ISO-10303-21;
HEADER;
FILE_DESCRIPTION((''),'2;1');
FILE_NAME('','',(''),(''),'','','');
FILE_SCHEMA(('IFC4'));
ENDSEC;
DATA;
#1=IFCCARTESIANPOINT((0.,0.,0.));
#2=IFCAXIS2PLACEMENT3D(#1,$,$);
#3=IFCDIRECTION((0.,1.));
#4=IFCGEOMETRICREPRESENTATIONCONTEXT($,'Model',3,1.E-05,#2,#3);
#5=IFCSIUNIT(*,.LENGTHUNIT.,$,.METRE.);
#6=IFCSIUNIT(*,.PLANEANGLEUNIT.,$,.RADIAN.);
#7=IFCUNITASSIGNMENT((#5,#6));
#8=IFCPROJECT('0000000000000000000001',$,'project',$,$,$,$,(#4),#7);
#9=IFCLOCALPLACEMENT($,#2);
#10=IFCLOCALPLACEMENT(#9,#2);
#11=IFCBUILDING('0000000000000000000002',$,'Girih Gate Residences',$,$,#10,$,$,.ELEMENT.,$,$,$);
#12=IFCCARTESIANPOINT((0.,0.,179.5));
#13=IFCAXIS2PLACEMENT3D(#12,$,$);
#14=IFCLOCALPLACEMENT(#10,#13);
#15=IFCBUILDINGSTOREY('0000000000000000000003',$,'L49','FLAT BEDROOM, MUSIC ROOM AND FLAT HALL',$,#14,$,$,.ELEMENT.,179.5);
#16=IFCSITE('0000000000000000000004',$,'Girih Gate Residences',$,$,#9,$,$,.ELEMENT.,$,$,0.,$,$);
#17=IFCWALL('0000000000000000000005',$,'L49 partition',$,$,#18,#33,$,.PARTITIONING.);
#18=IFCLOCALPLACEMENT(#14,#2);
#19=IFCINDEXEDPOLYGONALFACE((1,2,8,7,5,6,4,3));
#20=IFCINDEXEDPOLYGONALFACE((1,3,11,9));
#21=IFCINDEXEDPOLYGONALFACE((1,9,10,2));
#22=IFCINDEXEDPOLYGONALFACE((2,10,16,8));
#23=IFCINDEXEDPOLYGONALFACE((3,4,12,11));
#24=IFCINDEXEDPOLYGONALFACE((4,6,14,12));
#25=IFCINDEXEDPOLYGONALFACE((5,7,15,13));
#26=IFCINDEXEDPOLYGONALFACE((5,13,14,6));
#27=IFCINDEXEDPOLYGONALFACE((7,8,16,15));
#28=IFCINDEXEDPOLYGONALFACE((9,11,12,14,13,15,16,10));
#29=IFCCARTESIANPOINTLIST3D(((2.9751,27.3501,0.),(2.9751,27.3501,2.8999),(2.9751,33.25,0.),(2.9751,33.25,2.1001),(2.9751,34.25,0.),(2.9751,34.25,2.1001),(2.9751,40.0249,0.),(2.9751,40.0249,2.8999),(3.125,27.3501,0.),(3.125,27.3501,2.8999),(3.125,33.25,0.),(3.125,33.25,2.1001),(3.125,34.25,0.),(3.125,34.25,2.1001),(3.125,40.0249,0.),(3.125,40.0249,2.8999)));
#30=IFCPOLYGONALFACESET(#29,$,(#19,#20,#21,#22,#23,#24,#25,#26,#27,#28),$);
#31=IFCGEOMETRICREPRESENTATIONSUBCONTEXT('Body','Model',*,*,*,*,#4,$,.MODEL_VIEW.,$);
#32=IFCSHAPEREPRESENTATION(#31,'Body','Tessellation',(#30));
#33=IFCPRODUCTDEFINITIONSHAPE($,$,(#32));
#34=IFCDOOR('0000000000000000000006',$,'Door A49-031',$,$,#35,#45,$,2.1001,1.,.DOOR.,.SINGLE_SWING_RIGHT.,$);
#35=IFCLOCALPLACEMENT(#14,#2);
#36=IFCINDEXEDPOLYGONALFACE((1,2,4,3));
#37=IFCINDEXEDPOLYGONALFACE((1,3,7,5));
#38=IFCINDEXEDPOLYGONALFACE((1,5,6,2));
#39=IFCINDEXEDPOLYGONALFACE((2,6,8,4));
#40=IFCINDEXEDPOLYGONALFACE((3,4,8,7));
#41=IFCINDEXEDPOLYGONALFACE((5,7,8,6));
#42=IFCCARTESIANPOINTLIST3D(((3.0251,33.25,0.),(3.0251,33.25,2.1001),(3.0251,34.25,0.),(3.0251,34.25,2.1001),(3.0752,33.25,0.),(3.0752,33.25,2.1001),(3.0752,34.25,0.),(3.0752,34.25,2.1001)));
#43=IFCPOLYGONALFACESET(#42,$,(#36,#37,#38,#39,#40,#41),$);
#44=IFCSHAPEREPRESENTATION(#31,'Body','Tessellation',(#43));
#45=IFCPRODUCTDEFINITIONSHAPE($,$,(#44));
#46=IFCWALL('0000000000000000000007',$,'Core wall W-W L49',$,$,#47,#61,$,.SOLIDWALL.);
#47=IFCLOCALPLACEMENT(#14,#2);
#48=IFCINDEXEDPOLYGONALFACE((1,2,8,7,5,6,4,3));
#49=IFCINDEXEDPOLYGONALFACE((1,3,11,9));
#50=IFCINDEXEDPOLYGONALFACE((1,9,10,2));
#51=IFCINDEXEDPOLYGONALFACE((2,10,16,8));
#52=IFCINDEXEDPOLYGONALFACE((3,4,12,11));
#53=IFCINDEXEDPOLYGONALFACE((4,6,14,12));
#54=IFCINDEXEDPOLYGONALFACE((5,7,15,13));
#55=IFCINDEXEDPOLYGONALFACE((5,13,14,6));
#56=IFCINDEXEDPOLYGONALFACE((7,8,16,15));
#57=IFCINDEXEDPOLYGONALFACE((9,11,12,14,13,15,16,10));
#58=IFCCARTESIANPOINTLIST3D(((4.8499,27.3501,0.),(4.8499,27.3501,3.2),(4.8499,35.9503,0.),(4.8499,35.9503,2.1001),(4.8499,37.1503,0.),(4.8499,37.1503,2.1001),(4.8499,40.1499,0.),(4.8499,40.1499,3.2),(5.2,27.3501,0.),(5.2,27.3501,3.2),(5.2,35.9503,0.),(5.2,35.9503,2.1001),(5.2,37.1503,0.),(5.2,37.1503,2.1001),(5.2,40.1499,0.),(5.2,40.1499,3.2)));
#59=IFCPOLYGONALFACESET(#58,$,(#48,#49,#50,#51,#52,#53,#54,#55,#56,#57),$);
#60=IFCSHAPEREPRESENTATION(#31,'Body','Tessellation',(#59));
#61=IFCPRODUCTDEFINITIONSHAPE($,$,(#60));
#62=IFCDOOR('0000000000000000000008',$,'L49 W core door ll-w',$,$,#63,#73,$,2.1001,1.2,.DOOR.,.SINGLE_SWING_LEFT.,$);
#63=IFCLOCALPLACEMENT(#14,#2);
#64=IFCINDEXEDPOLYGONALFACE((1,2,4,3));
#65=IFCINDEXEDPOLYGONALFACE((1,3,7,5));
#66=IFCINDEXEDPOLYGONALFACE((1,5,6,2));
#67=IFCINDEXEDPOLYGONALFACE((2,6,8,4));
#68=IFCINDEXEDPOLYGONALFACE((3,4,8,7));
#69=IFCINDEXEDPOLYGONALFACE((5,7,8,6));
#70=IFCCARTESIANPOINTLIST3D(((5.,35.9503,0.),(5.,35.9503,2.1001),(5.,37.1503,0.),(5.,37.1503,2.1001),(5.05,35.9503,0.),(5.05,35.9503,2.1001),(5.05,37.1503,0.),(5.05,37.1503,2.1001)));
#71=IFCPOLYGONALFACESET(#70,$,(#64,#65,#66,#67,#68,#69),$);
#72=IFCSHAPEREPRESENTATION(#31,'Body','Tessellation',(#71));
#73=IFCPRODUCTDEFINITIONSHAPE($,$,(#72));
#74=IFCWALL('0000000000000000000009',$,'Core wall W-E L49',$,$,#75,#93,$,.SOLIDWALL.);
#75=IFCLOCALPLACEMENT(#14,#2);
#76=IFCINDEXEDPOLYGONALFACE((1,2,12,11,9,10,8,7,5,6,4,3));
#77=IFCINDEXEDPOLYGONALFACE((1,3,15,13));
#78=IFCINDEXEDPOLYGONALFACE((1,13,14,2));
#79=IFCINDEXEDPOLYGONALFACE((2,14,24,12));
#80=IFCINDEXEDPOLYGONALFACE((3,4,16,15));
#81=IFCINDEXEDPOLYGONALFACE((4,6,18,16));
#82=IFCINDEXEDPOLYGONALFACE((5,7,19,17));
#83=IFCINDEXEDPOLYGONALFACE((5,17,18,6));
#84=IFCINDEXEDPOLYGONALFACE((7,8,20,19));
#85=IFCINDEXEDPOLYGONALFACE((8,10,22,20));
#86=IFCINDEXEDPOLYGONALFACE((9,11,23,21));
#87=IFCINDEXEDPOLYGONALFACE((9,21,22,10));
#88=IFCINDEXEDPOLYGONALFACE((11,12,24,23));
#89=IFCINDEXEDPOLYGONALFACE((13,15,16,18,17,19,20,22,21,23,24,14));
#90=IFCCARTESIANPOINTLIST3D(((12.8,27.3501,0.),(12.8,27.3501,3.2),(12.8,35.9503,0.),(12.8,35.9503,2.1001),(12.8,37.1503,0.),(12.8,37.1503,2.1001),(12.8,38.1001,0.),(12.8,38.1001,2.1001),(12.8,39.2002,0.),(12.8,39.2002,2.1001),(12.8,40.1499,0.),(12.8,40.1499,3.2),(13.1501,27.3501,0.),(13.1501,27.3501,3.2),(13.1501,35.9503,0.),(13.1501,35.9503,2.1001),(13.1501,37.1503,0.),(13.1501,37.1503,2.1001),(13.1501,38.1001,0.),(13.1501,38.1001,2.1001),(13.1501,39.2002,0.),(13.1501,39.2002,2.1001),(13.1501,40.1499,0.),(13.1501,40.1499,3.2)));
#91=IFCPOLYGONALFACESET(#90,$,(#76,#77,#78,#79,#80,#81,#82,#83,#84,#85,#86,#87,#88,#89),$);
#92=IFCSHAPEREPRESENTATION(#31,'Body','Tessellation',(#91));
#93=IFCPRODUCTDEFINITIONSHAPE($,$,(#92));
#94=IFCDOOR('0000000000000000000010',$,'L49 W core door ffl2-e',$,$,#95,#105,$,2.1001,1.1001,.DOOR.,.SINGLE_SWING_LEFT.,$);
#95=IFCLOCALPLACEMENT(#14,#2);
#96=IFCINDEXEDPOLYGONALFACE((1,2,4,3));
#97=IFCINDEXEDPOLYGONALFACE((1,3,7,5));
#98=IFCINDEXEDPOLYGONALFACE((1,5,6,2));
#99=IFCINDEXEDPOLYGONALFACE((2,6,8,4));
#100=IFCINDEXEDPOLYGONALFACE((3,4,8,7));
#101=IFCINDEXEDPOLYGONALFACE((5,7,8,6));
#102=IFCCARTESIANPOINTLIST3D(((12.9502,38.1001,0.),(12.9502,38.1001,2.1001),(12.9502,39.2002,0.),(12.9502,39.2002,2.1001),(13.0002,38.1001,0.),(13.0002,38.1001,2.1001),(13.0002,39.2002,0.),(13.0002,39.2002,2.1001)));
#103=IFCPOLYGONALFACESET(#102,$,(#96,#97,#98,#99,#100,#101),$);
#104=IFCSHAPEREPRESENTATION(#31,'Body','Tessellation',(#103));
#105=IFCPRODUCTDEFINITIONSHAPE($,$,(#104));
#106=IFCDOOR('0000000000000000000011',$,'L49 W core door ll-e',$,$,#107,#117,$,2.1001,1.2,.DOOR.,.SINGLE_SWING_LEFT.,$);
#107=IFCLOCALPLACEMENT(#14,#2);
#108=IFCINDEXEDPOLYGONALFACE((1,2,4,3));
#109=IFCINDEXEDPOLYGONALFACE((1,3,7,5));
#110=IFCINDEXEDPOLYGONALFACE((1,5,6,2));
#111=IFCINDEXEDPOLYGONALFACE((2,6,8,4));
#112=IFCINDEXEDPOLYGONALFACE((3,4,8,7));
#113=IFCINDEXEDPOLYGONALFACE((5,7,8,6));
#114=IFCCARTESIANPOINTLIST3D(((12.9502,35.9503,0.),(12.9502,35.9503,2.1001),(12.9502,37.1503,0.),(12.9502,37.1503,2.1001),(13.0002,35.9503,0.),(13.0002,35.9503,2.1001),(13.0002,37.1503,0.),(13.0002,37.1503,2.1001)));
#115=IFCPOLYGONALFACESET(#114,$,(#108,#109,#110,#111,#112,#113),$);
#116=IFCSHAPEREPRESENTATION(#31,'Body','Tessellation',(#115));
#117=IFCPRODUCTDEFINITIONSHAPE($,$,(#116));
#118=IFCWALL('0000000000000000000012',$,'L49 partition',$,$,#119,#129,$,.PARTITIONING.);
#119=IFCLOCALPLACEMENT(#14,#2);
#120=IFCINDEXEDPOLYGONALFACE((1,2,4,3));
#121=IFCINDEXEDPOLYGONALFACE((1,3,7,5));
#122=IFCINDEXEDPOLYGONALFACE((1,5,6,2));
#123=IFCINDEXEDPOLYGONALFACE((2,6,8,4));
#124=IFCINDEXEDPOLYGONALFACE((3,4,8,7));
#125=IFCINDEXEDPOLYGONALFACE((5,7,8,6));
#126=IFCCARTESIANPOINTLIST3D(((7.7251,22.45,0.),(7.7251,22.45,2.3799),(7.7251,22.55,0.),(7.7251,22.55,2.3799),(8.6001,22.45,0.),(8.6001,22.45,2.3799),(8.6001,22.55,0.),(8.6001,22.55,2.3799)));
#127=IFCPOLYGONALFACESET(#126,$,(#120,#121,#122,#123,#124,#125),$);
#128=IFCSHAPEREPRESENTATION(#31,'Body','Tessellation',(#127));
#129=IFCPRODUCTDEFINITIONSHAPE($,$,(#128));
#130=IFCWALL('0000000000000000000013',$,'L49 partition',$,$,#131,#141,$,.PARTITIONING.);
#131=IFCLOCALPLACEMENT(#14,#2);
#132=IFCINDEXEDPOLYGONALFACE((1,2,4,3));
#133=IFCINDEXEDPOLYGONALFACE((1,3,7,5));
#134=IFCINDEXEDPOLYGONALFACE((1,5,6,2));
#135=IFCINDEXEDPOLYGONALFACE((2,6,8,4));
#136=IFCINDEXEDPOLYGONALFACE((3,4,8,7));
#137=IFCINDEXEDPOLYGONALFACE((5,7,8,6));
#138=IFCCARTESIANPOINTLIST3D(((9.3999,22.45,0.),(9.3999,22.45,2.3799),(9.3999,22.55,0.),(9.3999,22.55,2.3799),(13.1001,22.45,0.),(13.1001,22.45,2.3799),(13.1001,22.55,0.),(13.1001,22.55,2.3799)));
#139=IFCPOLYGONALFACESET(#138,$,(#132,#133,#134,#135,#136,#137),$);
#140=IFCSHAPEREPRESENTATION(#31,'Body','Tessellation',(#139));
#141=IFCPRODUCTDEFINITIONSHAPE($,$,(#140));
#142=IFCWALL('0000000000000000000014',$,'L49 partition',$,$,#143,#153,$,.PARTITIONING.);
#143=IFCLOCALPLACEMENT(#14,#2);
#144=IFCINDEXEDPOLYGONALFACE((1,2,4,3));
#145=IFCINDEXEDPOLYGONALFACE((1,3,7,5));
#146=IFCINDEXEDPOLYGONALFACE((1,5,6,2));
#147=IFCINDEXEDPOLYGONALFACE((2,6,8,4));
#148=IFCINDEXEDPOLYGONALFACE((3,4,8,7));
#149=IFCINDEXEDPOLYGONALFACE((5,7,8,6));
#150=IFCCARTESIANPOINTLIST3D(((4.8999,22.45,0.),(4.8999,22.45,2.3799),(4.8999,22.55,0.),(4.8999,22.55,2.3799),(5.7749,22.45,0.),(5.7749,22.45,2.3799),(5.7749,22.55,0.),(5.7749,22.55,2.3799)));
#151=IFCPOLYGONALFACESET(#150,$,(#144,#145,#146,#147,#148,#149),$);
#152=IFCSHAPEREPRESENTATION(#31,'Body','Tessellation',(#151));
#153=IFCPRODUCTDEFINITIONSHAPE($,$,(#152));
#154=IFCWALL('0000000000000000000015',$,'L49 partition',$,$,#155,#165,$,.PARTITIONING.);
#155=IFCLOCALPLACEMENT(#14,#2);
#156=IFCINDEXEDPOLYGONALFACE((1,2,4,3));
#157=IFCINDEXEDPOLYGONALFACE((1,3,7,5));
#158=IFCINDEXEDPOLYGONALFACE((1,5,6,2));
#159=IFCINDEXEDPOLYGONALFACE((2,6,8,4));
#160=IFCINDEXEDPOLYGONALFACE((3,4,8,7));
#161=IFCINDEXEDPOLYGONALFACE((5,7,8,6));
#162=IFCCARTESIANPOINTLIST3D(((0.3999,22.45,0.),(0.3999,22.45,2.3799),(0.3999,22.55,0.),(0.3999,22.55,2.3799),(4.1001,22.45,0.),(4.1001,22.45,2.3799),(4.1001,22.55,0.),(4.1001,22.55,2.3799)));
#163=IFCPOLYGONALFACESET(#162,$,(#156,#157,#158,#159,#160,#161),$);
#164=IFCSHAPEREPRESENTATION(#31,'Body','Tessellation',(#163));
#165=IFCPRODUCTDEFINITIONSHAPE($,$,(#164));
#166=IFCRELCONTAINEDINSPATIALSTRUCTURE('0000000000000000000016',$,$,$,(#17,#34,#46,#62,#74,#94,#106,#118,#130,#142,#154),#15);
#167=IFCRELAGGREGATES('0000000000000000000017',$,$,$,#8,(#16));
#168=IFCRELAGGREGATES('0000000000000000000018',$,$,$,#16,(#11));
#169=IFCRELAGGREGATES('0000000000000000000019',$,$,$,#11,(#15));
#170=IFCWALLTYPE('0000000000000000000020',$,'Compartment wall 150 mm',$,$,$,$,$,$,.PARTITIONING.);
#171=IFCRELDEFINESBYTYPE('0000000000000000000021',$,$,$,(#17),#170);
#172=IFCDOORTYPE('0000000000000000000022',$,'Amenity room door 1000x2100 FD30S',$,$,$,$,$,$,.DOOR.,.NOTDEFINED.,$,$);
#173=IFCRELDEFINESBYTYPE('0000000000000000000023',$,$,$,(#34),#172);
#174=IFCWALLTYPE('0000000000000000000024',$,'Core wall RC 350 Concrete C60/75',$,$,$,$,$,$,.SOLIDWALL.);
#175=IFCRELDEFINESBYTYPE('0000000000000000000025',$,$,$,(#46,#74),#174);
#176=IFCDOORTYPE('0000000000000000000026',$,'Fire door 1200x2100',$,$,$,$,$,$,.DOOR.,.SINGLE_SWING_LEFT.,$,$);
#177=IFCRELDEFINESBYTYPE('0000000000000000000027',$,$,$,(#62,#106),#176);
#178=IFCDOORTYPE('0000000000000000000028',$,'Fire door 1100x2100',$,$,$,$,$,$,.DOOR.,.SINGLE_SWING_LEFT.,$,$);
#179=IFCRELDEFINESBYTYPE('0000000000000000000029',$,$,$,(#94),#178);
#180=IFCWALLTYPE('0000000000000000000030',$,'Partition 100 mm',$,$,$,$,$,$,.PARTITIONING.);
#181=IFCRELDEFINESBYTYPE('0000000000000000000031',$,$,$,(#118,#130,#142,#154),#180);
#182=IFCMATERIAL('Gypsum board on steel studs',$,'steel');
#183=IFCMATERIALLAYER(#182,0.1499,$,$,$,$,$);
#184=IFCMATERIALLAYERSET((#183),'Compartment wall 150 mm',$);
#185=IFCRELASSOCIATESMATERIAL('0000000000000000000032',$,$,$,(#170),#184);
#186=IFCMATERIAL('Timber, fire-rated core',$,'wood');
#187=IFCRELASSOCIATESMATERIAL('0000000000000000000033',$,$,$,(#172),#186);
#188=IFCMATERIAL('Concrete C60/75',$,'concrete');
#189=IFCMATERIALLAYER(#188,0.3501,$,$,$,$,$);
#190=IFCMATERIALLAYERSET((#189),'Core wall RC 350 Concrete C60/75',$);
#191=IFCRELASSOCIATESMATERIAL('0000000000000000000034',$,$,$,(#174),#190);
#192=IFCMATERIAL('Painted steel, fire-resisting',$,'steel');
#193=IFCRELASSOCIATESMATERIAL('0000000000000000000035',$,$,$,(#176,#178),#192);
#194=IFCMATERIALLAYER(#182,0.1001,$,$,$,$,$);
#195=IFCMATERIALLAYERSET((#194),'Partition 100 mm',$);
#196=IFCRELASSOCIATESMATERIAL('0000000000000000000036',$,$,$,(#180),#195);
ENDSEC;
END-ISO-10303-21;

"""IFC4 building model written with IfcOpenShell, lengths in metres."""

from ifc_helpers import new_model, si_unit, direction, frame, frame_2d, origin, place, context, subcontext, project, spatial, rectangle, extrude, material, layer, layer_set, type_object, element, fill, save


model = new_model("IFC4")

# Units and contexts
model_context = context("Model", 3, precision=1e-05, world=origin(), true_north=direction((0.0, 1.0)))
body_context = subcontext(model_context, "Body", "Model", "MODEL_VIEW")
ifc_project = project(units=[si_unit("LENGTHUNIT", "METRE"), si_unit("PLANEANGLEUNIT", "RADIAN")], contexts=[model_context])

# Site, building, storey
site_placement = place(None, origin())
site = spatial("IfcSite", under=ifc_project, at=site_placement, Name="Girih Gate Residences", CompositionType="ELEMENT", RefElevation=0.0)
building_placement = place(site_placement, origin())
building = spatial("IfcBuilding", under=site, at=building_placement, Name="Girih Gate Residences", CompositionType="ELEMENT")
storey_placement = place(building_placement, frame((0.0, 0.0, 179.5)))
storey = spatial("IfcBuildingStorey", under=building, at=storey_placement, Name="L49", Description="FLAT BEDROOM, MUSIC ROOM AND FLAT HALL", CompositionType="ELEMENT", Elevation=179.5)

# Shared definitions
ifc_material_1 = material(Name="Concrete C60/75", Category="concrete")

# Shared definitions
ifc_material_2 = material(Name="Gypsum board on steel studs", Category="steel")
ifc_layer_1 = layer(ifc_material_2, 0.1499)
ifc_layer_set_1 = layer_set([ifc_layer_1], Name="Compartment wall 150 mm")
wall_type_1 = type_object("IfcWallType", Name="Compartment wall 150 mm", PredefinedType="PARTITIONING", material=ifc_layer_set_1)
ifc_material_3 = material(Name="Timber, fire-rated core", Category="wood")
door_type_1 = type_object("IfcDoorType", Name="Amenity room door 1000x2100 FD30S", OperationType="NOTDEFINED", PredefinedType="DOOR", material=ifc_material_3)

# Walls, openings, doors
wall_1_placement = place(storey_placement, frame((3.05, 27.3501, 0.0), z_axis=(0.0, 0.0, 1.0), x_axis=(0.0, 1.0, 0.0)))
wall_1 = element("IfcWall", 1, at=wall_1_placement, inside=storey, type_object=wall_type_1, Name="L49 partition", PredefinedType="PARTITIONING", context=body_context, shape_type="SweptSolid", body=[
    extrude(rectangle(XDim=12.6748, YDim=0.1499, at=frame_2d((6.3374, 0.0))), origin(), (0.0, 0.0, 1.0), 2.8999),
])
opening_1_placement = place(wall_1_placement, frame((5.8999, 0.0, 0.0)))
opening_1 = element("IfcOpeningElement", 2, at=opening_1_placement, cuts=wall_1, PredefinedType="OPENING", context=body_context, shape_type="SweptSolid", body=[
    extrude(rectangle(XDim=1.0, YDim=2.1001, at=frame_2d((0.5, 1.05))), frame((0.0, 0.085, 0.0), z_axis=(0.0, -1.0, 0.0), x_axis=(1.0, 0.0, 0.0)), (0.0, 0.0, 1.0), 0.1699),
])
door_1_placement = place(opening_1_placement, origin())
door_1 = element("IfcDoor", 3, at=door_1_placement, inside=storey, type_object=door_type_1, Name="Door A49-031", OperationType="SINGLE_SWING_RIGHT", OverallHeight=2.1001, OverallWidth=1.0, PredefinedType="DOOR", context=body_context, shape_type="SweptSolid", body=[
    extrude(rectangle(XDim=1.0, YDim=2.1001, at=frame_2d((0.5, 1.05))), frame((0.0, 0.0249, 0.0), z_axis=(0.0, -1.0, 0.0), x_axis=(1.0, 0.0, 0.0)), (0.0, 0.0, 1.0), 0.05),
])
fill(opening_1, door_1)
ifc_layer_2 = layer(ifc_material_1, 0.3501)
ifc_layer_set_2 = layer_set([ifc_layer_2], Name="Core wall RC 350 Concrete C60/75")
wall_type_2 = type_object("IfcWallType", Name="Core wall RC 350 Concrete C60/75", PredefinedType="SOLIDWALL", material=ifc_layer_set_2)
wall_2_placement = place(storey_placement, frame((5.0249, 27.3501, 0.0), z_axis=(0.0, 0.0, 1.0), x_axis=(0.0, 1.0, 0.0)))
wall_2 = element("IfcWall", 4, at=wall_2_placement, inside=storey, type_object=wall_type_2, Name="Core wall W-W L49", PredefinedType="SOLIDWALL", context=body_context, shape_type="SweptSolid", body=[
    extrude(rectangle(XDim=12.7998, YDim=0.3501, at=frame_2d((6.3999, 0.0))), origin(), (0.0, 0.0, 1.0), 3.2),
])
opening_2_placement = place(wall_2_placement, frame((8.6001, 0.0, 0.0)))
opening_2 = element("IfcOpeningElement", 5, at=opening_2_placement, cuts=wall_2, PredefinedType="OPENING", context=body_context, shape_type="SweptSolid", body=[
    extrude(rectangle(XDim=1.2, YDim=2.1001, at=frame_2d((0.6001, 1.05))), frame((0.0, 0.1851, 0.0), z_axis=(0.0, -1.0, 0.0), x_axis=(1.0, 0.0, 0.0)), (0.0, 0.0, 1.0), 0.3701),
])
ifc_material_4 = material(Name="Painted steel, fire-resisting", Category="steel")
door_type_2 = type_object("IfcDoorType", Name="Fire door 1200x2100", OperationType="SINGLE_SWING_LEFT", PredefinedType="DOOR", material=ifc_material_4)
door_2_placement = place(opening_2_placement, origin())
door_2 = element("IfcDoor", 6, at=door_2_placement, inside=storey, type_object=door_type_2, Name="L49 W core door ll-w", OperationType="SINGLE_SWING_LEFT", OverallHeight=2.1001, OverallWidth=1.2, PredefinedType="DOOR", context=body_context, shape_type="SweptSolid", body=[
    extrude(rectangle(XDim=1.2, YDim=2.1001, at=frame_2d((0.6001, 1.05))), frame((0.0, 0.0249, 0.0), z_axis=(0.0, -1.0, 0.0), x_axis=(1.0, 0.0, 0.0)), (0.0, 0.0, 1.0), 0.05),
])
fill(opening_2, door_2)

# Wall, openings, doors
wall_3_placement = place(storey_placement, frame((12.9751, 27.3501, 0.0), z_axis=(0.0, 0.0, 1.0), x_axis=(0.0, 1.0, 0.0)))
wall_3 = element("IfcWall", 7, at=wall_3_placement, inside=storey, type_object=wall_type_2, Name="Core wall W-E L49", PredefinedType="SOLIDWALL", context=body_context, shape_type="SweptSolid", body=[
    extrude(rectangle(XDim=12.7998, YDim=0.3501, at=frame_2d((6.3999, 0.0))), origin(), (0.0, 0.0, 1.0), 3.2),
])
opening_3_placement = place(wall_3_placement, frame((10.75, 0.0, 0.0)))
opening_3 = element("IfcOpeningElement", 8, at=opening_3_placement, cuts=wall_3, PredefinedType="OPENING", context=body_context, shape_type="SweptSolid", body=[
    extrude(rectangle(XDim=1.1001, YDim=2.1001, at=frame_2d((0.55, 1.05))), frame((0.0, 0.1851, 0.0), z_axis=(0.0, -1.0, 0.0), x_axis=(1.0, 0.0, 0.0)), (0.0, 0.0, 1.0), 0.3701),
])
opening_4_placement = place(wall_3_placement, frame((8.6001, 0.0, 0.0)))
opening_4 = element("IfcOpeningElement", 9, at=opening_4_placement, cuts=wall_3, PredefinedType="OPENING", context=body_context, shape_type="SweptSolid", body=[
    extrude(rectangle(XDim=1.2, YDim=2.1001, at=frame_2d((0.6001, 1.05))), frame((0.0, 0.1851, 0.0), z_axis=(0.0, -1.0, 0.0), x_axis=(1.0, 0.0, 0.0)), (0.0, 0.0, 1.0), 0.3701),
])
door_type_3 = type_object("IfcDoorType", Name="Fire door 1100x2100", OperationType="SINGLE_SWING_LEFT", PredefinedType="DOOR", material=ifc_material_4)
door_3_placement = place(opening_3_placement, origin())
door_3 = element("IfcDoor", 10, at=door_3_placement, inside=storey, type_object=door_type_3, Name="L49 W core door ffl2-e", OperationType="SINGLE_SWING_LEFT", OverallHeight=2.1001, OverallWidth=1.1001, PredefinedType="DOOR", context=body_context, shape_type="SweptSolid", body=[
    extrude(rectangle(XDim=1.1001, YDim=2.1001, at=frame_2d((0.55, 1.05))), frame((0.0, 0.0249, 0.0), z_axis=(0.0, -1.0, 0.0), x_axis=(1.0, 0.0, 0.0)), (0.0, 0.0, 1.0), 0.05),
])
fill(opening_3, door_3)
door_4_placement = place(opening_4_placement, origin())
door_4 = element("IfcDoor", 11, at=door_4_placement, inside=storey, type_object=door_type_2, Name="L49 W core door ll-e", OperationType="SINGLE_SWING_LEFT", OverallHeight=2.1001, OverallWidth=1.2, PredefinedType="DOOR", context=body_context, shape_type="SweptSolid", body=[
    extrude(rectangle(XDim=1.2, YDim=2.1001, at=frame_2d((0.6001, 1.05))), frame((0.0, 0.0249, 0.0), z_axis=(0.0, -1.0, 0.0), x_axis=(1.0, 0.0, 0.0)), (0.0, 0.0, 1.0), 0.05),
])
fill(opening_4, door_4)

# Walls
ifc_layer_3 = layer(ifc_material_2, 0.1001)
ifc_layer_set_3 = layer_set([ifc_layer_3], Name="Partition 100 mm")
wall_type_3 = type_object("IfcWallType", Name="Partition 100 mm", PredefinedType="PARTITIONING", material=ifc_layer_set_3)
wall_4_placement = place(storey_placement, frame((7.7251, 22.5, 0.0), z_axis=(0.0, 0.0, 1.0), x_axis=(1.0, 0.0, 0.0)))
element("IfcWall", 12, at=wall_4_placement, inside=storey, type_object=wall_type_3, Name="L49 partition", PredefinedType="PARTITIONING", context=body_context, shape_type="SweptSolid", body=[
    extrude(rectangle(XDim=0.875, YDim=0.1001, at=frame_2d((0.4375, 0.0))), origin(), (0.0, 0.0, 1.0), 2.3799),
])
wall_5_placement = place(storey_placement, frame((9.3999, 22.5, 0.0), z_axis=(0.0, 0.0, 1.0), x_axis=(1.0, 0.0, 0.0)))
element("IfcWall", 13, at=wall_5_placement, inside=storey, type_object=wall_type_3, Name="L49 partition", PredefinedType="PARTITIONING", context=body_context, shape_type="SweptSolid", body=[
    extrude(rectangle(XDim=3.7002, YDim=0.1001, at=frame_2d((1.8501, 0.0))), origin(), (0.0, 0.0, 1.0), 2.3799),
])
wall_6_placement = place(storey_placement, frame((4.8999, 22.5, 0.0), z_axis=(0.0, 0.0, 1.0), x_axis=(1.0, 0.0, 0.0)))
element("IfcWall", 14, at=wall_6_placement, inside=storey, type_object=wall_type_3, Name="L49 partition", PredefinedType="PARTITIONING", context=body_context, shape_type="SweptSolid", body=[
    extrude(rectangle(XDim=0.875, YDim=0.1001, at=frame_2d((0.4375, 0.0))), origin(), (0.0, 0.0, 1.0), 2.3799),
])
wall_7_placement = place(storey_placement, frame((0.3999, 22.5, 0.0), z_axis=(0.0, 0.0, 1.0), x_axis=(1.0, 0.0, 0.0)))
element("IfcWall", 15, at=wall_7_placement, inside=storey, type_object=wall_type_3, Name="L49 partition", PredefinedType="PARTITIONING", context=body_context, shape_type="SweptSolid", body=[
    extrude(rectangle(XDim=3.7002, YDim=0.1001, at=frame_2d((1.8501, 0.0))), origin(), (0.0, 0.0, 1.0), 2.3799),
])

save(model, "model.ifc")
